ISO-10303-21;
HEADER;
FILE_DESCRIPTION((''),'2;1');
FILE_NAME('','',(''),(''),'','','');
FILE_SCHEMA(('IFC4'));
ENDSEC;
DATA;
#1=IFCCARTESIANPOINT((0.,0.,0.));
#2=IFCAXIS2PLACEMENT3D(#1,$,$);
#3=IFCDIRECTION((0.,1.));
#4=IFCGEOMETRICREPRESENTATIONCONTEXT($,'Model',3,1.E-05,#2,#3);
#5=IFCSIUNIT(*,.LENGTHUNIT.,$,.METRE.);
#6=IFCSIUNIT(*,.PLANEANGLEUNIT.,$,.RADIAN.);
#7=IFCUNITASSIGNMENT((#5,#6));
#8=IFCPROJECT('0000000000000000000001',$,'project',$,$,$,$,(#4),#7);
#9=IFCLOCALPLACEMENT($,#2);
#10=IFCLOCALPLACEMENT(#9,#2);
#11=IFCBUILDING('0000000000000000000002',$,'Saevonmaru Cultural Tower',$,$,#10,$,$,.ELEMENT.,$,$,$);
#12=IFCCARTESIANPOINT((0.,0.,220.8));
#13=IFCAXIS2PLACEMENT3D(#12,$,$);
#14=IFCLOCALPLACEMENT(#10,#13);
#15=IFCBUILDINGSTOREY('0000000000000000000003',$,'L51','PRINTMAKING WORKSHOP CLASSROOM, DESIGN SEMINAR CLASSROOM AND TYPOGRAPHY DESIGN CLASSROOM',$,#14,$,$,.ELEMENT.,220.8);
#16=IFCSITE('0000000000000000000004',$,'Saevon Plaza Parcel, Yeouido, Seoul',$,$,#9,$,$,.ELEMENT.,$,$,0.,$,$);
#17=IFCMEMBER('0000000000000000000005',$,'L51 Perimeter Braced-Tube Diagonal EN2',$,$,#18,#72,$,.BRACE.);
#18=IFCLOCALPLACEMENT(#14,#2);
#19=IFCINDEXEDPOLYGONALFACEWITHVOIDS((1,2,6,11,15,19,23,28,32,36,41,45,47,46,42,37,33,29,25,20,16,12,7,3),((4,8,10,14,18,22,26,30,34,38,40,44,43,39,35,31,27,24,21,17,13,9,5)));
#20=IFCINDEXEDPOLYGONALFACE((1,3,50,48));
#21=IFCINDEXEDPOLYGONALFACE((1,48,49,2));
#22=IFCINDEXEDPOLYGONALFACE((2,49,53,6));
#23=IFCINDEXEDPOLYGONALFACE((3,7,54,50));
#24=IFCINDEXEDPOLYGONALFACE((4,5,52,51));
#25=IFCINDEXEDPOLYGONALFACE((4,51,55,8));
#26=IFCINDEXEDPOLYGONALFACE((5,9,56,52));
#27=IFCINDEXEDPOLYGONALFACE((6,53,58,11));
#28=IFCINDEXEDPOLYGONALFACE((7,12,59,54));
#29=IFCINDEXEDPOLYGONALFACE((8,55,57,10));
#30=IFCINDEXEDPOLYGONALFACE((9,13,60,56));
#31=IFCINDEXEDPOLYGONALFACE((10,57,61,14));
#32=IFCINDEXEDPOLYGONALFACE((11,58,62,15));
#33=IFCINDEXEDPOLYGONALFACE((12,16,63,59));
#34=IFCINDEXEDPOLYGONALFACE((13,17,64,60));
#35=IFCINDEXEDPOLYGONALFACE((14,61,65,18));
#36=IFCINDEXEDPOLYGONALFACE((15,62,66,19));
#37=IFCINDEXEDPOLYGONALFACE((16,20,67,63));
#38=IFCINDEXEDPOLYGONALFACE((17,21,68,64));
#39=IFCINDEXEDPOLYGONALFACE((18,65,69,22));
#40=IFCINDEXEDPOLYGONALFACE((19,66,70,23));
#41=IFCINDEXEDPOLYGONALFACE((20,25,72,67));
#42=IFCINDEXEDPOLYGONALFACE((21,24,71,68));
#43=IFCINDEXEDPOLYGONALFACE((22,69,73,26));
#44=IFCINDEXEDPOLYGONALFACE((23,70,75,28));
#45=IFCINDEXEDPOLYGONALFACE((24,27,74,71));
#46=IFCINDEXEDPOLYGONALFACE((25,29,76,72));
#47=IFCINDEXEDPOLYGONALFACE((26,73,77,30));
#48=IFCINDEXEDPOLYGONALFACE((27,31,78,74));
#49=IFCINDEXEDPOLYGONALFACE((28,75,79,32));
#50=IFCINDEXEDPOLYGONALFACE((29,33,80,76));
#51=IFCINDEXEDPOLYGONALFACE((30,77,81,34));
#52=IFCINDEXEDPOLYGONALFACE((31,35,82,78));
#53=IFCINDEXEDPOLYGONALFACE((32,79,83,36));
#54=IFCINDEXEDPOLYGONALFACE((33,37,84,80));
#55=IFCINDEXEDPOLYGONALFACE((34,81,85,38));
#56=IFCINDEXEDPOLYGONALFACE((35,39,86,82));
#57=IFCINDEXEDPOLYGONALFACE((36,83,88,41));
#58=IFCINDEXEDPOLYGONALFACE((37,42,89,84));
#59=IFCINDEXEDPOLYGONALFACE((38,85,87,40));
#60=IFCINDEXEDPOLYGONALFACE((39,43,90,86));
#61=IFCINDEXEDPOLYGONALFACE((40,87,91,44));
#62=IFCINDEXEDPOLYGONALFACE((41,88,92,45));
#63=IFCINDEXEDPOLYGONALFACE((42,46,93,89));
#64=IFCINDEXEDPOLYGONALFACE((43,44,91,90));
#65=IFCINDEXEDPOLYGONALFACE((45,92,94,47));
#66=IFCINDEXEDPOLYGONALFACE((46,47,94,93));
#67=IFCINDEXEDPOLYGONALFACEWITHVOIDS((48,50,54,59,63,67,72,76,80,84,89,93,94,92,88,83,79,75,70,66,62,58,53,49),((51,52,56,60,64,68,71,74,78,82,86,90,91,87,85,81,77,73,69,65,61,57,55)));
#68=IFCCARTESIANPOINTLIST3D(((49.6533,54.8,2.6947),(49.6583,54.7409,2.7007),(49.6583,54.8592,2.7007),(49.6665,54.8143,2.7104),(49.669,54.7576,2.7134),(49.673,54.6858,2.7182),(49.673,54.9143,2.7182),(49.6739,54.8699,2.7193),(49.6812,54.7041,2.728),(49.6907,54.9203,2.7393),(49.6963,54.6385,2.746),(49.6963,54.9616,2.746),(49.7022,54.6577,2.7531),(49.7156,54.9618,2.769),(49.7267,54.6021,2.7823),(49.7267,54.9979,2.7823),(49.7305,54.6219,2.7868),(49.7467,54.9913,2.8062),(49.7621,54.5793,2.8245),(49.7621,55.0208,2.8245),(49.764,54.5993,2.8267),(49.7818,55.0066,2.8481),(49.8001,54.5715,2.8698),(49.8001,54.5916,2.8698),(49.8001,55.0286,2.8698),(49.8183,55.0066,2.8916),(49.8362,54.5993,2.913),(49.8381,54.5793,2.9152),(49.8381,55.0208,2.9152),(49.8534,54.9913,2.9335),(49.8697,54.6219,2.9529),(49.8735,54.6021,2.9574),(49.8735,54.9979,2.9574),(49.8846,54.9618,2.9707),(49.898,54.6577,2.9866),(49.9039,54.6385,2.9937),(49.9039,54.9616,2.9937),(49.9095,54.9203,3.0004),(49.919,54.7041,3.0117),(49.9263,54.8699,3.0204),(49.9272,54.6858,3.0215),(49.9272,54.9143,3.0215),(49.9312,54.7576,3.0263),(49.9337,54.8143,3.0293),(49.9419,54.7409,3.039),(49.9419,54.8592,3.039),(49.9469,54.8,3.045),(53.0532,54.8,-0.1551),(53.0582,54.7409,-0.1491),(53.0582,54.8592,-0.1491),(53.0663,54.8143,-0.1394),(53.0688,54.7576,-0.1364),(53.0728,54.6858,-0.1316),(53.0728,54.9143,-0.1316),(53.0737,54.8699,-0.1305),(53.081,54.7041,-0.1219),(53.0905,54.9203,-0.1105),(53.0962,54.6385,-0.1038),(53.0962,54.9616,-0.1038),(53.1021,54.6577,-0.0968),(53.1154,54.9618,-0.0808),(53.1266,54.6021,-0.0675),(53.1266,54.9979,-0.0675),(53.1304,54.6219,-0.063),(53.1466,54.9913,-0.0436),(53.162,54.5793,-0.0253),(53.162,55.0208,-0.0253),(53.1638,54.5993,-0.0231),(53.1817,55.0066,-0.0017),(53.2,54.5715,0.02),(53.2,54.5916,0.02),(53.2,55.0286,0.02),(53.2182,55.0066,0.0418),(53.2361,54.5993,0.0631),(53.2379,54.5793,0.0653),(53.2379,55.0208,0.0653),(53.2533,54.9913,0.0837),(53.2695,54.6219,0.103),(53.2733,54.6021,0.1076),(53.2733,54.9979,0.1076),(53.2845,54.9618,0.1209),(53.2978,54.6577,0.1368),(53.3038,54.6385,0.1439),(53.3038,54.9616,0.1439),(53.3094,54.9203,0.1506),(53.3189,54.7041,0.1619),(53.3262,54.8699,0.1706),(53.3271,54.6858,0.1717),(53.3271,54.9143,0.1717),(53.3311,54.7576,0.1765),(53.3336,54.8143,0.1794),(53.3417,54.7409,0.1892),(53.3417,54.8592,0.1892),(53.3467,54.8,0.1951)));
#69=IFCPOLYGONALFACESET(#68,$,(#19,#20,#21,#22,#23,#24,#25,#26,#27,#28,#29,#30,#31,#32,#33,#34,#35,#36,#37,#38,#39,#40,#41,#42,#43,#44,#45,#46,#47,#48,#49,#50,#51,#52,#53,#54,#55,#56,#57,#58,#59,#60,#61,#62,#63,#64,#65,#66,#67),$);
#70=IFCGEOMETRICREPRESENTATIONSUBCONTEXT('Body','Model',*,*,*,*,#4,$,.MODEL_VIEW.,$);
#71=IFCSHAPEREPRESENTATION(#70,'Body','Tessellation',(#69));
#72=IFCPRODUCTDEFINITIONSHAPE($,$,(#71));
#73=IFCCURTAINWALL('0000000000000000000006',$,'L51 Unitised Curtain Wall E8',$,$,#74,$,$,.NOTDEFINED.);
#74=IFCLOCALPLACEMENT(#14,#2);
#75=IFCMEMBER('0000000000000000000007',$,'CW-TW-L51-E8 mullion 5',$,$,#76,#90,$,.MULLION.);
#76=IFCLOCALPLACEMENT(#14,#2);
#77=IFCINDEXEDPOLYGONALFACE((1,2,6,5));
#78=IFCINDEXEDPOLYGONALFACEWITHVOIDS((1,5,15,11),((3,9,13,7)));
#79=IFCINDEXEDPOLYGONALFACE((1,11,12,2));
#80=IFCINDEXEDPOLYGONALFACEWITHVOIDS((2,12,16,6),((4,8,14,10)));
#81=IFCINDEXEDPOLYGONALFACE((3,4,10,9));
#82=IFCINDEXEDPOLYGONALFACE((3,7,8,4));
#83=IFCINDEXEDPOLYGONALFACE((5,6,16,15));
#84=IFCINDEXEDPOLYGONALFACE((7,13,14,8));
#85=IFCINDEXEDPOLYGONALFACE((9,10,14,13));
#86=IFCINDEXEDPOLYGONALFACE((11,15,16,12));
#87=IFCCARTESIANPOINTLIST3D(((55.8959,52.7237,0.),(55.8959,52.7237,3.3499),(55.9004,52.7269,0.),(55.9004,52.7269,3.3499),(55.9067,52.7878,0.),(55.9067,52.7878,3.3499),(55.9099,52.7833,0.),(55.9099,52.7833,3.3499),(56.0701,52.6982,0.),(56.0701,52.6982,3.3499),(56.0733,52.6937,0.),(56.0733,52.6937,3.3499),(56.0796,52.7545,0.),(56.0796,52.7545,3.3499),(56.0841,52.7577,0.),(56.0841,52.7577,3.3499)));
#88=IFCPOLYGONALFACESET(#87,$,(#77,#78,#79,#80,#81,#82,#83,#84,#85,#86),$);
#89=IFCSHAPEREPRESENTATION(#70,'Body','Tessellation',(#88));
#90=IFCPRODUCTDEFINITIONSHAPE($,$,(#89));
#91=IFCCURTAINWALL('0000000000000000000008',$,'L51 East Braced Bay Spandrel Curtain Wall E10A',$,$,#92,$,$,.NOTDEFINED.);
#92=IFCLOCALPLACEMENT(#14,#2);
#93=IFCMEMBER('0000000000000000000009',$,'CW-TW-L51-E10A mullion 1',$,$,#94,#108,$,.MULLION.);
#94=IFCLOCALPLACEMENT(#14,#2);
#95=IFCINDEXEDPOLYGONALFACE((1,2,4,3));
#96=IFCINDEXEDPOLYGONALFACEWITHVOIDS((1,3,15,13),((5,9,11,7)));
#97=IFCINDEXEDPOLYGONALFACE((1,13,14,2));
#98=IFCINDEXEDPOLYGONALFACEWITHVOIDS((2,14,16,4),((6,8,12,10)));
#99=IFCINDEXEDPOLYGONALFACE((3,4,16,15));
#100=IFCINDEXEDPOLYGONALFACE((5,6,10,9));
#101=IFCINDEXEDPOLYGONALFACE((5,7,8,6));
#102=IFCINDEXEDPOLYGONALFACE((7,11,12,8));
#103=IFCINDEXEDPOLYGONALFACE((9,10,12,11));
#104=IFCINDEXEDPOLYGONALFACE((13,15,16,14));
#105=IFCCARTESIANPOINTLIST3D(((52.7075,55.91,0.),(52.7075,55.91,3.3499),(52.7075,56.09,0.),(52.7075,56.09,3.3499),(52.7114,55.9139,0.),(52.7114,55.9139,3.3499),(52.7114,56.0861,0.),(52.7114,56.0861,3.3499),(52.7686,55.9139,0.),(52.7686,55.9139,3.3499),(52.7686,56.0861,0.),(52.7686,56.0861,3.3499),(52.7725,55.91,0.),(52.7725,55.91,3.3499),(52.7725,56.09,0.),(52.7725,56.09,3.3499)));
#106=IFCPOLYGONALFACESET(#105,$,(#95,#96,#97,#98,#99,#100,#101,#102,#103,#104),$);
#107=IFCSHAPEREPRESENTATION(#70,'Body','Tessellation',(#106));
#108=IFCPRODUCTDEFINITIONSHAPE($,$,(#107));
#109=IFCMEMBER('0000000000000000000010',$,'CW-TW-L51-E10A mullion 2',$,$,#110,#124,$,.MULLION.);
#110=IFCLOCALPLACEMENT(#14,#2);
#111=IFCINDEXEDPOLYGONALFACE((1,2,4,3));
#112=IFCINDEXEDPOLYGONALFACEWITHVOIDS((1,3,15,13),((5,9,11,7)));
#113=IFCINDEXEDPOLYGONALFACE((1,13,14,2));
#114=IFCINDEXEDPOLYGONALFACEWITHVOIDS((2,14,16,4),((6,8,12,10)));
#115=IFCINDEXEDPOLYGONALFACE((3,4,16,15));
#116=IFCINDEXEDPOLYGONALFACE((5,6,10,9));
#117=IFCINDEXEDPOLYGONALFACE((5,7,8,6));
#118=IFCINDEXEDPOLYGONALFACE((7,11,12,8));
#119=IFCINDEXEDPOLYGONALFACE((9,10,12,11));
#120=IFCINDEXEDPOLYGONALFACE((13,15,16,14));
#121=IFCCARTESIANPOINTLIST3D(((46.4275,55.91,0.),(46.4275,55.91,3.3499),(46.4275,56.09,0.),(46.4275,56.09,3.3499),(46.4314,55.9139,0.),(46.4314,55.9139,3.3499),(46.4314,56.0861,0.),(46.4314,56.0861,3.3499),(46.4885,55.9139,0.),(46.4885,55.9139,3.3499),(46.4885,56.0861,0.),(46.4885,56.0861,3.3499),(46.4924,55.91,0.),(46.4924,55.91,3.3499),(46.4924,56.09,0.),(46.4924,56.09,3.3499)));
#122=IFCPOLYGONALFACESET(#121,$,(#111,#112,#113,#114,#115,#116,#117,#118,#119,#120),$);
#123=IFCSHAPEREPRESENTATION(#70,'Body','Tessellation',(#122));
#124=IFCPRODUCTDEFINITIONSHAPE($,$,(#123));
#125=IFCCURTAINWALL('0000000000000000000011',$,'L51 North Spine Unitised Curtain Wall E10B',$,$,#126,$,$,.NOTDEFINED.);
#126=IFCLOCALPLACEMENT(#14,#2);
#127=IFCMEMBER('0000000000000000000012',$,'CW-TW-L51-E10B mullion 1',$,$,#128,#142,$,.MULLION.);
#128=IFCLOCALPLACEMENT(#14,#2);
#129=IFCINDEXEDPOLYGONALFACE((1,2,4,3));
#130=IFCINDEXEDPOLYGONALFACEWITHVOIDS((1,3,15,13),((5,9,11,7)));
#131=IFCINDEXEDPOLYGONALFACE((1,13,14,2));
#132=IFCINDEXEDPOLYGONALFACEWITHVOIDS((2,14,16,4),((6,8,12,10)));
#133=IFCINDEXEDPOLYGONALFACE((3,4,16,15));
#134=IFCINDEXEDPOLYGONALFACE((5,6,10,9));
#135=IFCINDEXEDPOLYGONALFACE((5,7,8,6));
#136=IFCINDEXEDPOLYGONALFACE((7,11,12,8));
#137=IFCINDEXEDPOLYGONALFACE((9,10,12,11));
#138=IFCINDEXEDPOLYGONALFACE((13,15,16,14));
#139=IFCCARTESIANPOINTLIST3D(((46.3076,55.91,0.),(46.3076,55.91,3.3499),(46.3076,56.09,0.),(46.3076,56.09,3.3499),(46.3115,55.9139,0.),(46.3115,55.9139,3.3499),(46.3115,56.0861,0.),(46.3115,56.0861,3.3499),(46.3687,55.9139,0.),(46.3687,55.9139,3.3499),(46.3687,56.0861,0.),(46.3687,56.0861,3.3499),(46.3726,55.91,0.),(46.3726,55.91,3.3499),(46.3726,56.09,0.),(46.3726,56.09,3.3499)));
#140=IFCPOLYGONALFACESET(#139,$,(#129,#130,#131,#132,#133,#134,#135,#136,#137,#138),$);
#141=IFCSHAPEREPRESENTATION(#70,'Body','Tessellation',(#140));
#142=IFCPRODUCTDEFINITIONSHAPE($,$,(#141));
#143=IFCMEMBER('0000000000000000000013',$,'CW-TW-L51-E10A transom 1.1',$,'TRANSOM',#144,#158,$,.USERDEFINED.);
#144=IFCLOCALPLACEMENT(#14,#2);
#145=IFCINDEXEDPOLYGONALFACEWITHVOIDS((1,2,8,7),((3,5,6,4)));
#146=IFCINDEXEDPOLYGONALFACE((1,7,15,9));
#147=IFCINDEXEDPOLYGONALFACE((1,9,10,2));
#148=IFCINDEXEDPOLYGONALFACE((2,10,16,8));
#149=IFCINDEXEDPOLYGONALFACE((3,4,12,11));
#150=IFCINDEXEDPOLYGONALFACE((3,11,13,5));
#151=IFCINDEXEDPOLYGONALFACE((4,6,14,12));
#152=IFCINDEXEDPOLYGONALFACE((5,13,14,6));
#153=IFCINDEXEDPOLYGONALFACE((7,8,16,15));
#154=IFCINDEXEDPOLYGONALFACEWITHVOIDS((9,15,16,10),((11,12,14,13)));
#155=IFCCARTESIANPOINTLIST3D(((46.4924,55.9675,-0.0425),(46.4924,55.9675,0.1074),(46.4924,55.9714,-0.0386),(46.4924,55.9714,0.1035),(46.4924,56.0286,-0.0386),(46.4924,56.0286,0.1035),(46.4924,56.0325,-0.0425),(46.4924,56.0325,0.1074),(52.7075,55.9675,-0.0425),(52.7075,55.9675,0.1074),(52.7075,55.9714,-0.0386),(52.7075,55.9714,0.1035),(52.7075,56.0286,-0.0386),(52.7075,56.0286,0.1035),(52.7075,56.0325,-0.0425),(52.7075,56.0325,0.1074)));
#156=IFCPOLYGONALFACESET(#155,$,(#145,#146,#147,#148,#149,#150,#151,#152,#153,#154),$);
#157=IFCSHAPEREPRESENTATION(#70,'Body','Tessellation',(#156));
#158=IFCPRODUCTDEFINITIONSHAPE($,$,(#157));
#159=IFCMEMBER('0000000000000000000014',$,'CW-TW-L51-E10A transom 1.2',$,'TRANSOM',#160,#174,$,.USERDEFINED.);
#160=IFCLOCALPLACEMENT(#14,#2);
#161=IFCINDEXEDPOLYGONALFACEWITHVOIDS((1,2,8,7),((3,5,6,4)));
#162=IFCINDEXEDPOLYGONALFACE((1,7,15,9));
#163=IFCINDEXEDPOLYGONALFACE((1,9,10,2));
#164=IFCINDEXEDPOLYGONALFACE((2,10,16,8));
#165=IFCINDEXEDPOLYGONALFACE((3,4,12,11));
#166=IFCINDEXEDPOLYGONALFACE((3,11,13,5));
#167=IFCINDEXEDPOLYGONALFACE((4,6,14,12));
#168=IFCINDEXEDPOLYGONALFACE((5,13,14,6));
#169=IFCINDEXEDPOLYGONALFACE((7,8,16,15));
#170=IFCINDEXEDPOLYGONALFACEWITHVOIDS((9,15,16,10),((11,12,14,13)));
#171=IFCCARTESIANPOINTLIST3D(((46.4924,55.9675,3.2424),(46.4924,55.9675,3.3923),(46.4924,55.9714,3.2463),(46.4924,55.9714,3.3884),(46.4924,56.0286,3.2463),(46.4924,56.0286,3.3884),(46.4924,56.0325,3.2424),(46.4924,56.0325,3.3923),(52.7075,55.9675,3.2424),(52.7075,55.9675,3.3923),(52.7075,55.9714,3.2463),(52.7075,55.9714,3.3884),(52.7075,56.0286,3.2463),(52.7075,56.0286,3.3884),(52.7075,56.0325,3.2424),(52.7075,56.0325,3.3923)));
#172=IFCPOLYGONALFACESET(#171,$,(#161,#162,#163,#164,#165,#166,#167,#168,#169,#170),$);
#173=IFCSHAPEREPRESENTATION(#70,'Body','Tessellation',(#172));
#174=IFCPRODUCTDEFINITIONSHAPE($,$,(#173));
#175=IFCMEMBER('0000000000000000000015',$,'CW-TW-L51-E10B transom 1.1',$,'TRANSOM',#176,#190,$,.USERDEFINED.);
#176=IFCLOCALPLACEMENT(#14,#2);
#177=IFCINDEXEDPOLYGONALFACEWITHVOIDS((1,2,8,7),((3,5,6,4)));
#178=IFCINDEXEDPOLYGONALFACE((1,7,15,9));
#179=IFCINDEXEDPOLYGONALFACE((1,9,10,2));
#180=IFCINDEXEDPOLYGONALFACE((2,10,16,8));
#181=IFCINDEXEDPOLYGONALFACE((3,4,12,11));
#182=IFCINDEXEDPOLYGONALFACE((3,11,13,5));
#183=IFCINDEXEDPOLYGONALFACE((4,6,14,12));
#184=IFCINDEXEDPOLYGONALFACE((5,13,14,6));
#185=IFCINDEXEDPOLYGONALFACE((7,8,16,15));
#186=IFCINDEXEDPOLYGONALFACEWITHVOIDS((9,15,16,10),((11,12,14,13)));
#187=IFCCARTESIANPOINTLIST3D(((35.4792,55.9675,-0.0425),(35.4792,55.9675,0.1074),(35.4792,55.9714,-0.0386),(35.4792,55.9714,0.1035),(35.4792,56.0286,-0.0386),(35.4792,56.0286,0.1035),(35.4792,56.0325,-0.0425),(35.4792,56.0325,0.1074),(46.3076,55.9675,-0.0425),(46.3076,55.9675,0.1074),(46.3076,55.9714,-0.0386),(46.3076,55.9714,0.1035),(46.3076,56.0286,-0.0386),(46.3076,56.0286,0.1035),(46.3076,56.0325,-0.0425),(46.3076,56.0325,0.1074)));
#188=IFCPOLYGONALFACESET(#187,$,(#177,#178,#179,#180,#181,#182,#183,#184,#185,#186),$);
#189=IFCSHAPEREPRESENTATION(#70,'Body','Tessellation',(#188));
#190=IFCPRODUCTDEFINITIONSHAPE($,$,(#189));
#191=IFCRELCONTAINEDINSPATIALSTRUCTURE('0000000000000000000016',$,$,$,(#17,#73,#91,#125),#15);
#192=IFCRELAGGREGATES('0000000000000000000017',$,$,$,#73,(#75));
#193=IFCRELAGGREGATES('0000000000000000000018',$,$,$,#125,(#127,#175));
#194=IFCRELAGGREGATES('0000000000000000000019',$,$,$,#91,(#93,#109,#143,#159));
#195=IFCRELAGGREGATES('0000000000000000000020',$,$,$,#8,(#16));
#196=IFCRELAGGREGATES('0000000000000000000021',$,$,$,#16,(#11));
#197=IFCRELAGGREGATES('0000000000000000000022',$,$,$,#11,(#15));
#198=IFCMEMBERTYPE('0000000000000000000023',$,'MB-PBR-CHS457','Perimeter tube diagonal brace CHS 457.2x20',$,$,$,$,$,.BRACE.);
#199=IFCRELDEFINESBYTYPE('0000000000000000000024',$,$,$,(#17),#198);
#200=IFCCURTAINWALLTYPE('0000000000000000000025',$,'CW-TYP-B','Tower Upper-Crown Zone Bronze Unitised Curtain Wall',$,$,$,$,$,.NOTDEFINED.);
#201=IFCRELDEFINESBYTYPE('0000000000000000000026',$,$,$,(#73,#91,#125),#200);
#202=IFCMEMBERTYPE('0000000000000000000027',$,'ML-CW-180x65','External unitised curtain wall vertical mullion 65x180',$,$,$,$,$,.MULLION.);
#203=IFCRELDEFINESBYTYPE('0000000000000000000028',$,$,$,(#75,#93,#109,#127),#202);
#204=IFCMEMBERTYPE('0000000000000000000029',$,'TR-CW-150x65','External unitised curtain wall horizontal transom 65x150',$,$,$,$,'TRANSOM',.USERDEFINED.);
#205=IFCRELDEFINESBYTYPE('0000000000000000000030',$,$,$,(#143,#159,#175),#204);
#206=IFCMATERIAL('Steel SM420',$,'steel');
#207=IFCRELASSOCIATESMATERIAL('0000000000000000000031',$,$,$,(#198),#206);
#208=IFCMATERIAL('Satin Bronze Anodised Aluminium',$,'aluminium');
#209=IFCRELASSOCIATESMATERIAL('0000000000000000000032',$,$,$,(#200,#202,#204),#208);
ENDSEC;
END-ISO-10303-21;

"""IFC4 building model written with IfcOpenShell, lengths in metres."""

from ifc_helpers import new_model, si_unit, direction, frame, origin, origin_2d, place, context, subcontext, project, spatial, hollow_rectangle, hollow_circle, extrude, material, material_profile, profile_set, type_object, element, aggregate, save


model = new_model("IFC4")

# Units and contexts
model_context = context("Model", 3, precision=1e-05, world=origin(), true_north=direction((0.0, 1.0)))
body_context = subcontext(model_context, "Body", "Model", "MODEL_VIEW")
ifc_project = project(units=[si_unit("LENGTHUNIT", "METRE"), si_unit("PLANEANGLEUNIT", "RADIAN")], contexts=[model_context])

# Site, building, storey
site_placement = place(None, origin())
site = spatial("IfcSite", under=ifc_project, at=site_placement, Name="Saevon Plaza Parcel, Yeouido, Seoul", CompositionType="ELEMENT", RefElevation=0.0)
building_placement = place(site_placement, origin())
building = spatial("IfcBuilding", under=site, at=building_placement, Name="Saevonmaru Cultural Tower", CompositionType="ELEMENT")
storey_placement = place(building_placement, frame((0.0, 0.0, 220.8)))
storey = spatial("IfcBuildingStorey", under=building, at=storey_placement, Name="L51", Description="PRINTMAKING WORKSHOP CLASSROOM, DESIGN SEMINAR CLASSROOM AND TYPOGRAPHY DESIGN CLASSROOM", CompositionType="ELEMENT", Elevation=220.8)

# Shared definitions
ifc_material_1 = material(Name="Steel SM420", Category="steel")

# Member
ifc_material_profile_1 = material_profile(ifc_material_1, hollow_circle(Radius=0.2285, WallThickness=0.02, at=origin_2d()), Name="CHS-457.2x20")
ifc_profile_set_1 = profile_set([ifc_material_profile_1], Name="Steel SM420")
member_type_1 = type_object("IfcMemberType", Name="MB-PBR-CHS457", Description="Perimeter tube diagonal brace CHS 457.2x20", PredefinedType="BRACE", material=ifc_profile_set_1)
member_1_placement = place(storey_placement, frame((53.2, 54.8, 0.02), z_axis=(-0.766378, 0.0, 0.64239), x_axis=(0.0, -1.0, 0.0)))
element("IfcMember", 1, at=member_1_placement, inside=storey, type_object=member_type_1, Name="L51 Perimeter Braced-Tube Diagonal EN2", PredefinedType="BRACE", context=body_context, shape_type="SweptSolid", body=[
    extrude(hollow_circle(Radius=0.2285, WallThickness=0.02, at=origin_2d()), origin(), (0.0, 0.0, 1.0), 4.4363),
])

# Curtain wall, member
ifc_material_2 = material(Name="Satin Bronze Anodised Aluminium", Category="aluminium")
curtain_wall_type = type_object("IfcCurtainWallType", Name="CW-TYP-B", Description="Tower Upper-Crown Zone Bronze Unitised Curtain Wall", PredefinedType="NOTDEFINED", material=ifc_material_2)
curtain_wall_1_placement = place(storey_placement, origin())
curtain_wall_1 = element("IfcCurtainWall", 2, at=curtain_wall_1_placement, inside=storey, type_object=curtain_wall_type, Name="L51 Unitised Curtain Wall E8", PredefinedType="NOTDEFINED")
ifc_material_profile_2 = material_profile(ifc_material_2, hollow_rectangle(XDim=0.0649, YDim=0.1799, WallThickness=0.0039, at=origin_2d()), Name="ALU-MULL-180x65x4")
ifc_profile_set_2 = profile_set([ifc_material_profile_2], Name="Satin Bronze Anodised Aluminium")
member_type_2 = type_object("IfcMemberType", Name="ML-CW-180x65", Description="External unitised curtain wall vertical mullion 65x180", PredefinedType="MULLION", material=ifc_profile_set_2)
member_2_placement = place(storey_placement, frame((55.99, 52.7407, 0.0), z_axis=(0.0, 0.0, 1.0), x_axis=(0.166922, 0.98597, 0.0)))
member_2 = element("IfcMember", 3, at=member_2_placement, type_object=member_type_2, Name="CW-TW-L51-E8 mullion 5", PredefinedType="MULLION", context=body_context, shape_type="SweptSolid", body=[
    extrude(hollow_rectangle(XDim=0.0649, YDim=0.1799, WallThickness=0.0039, at=origin_2d()), origin(), (0.0, 0.0, 1.0), 3.3499),
])
aggregate(curtain_wall_1, [member_2])

# Curtain wall, members
curtain_wall_2_placement = place(storey_placement, origin())
curtain_wall_2 = element("IfcCurtainWall", 4, at=curtain_wall_2_placement, inside=storey, type_object=curtain_wall_type, Name="L51 East Braced Bay Spandrel Curtain Wall E10A", PredefinedType="NOTDEFINED")
member_3_placement = place(storey_placement, frame((52.74, 56.0, 0.0), z_axis=(0.0, 0.0, 1.0), x_axis=(-1.0, 0.0, 0.0)))
member_3 = element("IfcMember", 5, at=member_3_placement, type_object=member_type_2, Name="CW-TW-L51-E10A mullion 1", PredefinedType="MULLION", context=body_context, shape_type="SweptSolid", body=[
    extrude(hollow_rectangle(XDim=0.0649, YDim=0.1799, WallThickness=0.0039, at=origin_2d()), origin(), (0.0, 0.0, 1.0), 3.3499),
])
member_4_placement = place(storey_placement, frame((46.46, 56.0, 0.0), z_axis=(0.0, 0.0, 1.0), x_axis=(-1.0, 0.0, 0.0)))
member_4 = element("IfcMember", 6, at=member_4_placement, type_object=member_type_2, Name="CW-TW-L51-E10A mullion 2", PredefinedType="MULLION", context=body_context, shape_type="SweptSolid", body=[
    extrude(hollow_rectangle(XDim=0.0649, YDim=0.1799, WallThickness=0.0039, at=origin_2d()), origin(), (0.0, 0.0, 1.0), 3.3499),
])

# Curtain wall, member
curtain_wall_3_placement = place(storey_placement, origin())
curtain_wall_3 = element("IfcCurtainWall", 7, at=curtain_wall_3_placement, inside=storey, type_object=curtain_wall_type, Name="L51 North Spine Unitised Curtain Wall E10B", PredefinedType="NOTDEFINED")
member_5_placement = place(storey_placement, frame((46.3401, 56.0, 0.0), z_axis=(0.0, 0.0, 1.0), x_axis=(-1.0, 0.0, 0.0)))
member_5 = element("IfcMember", 8, at=member_5_placement, type_object=member_type_2, Name="CW-TW-L51-E10B mullion 1", PredefinedType="MULLION", context=body_context, shape_type="SweptSolid", body=[
    extrude(hollow_rectangle(XDim=0.0649, YDim=0.1799, WallThickness=0.0039, at=origin_2d()), origin(), (0.0, 0.0, 1.0), 3.3499),
])

# Members
ifc_material_profile_3 = material_profile(ifc_material_2, hollow_rectangle(XDim=0.0649, YDim=0.1499, WallThickness=0.0039, at=origin_2d()), Name="ALU-TRAN-150x65x4")
ifc_profile_set_3 = profile_set([ifc_material_profile_3], Name="Satin Bronze Anodised Aluminium")
member_type_3 = type_object("IfcMemberType", Name="TR-CW-150x65", Description="External unitised curtain wall horizontal transom 65x150", ElementType="TRANSOM", PredefinedType="USERDEFINED", material=ifc_profile_set_3)
member_6_placement = place(storey_placement, frame((52.7075, 56.0, 0.0325), z_axis=(-1.0, 0.0, 0.0), x_axis=(0.0, -1.0, 0.0)))
member_6 = element("IfcMember", 9, at=member_6_placement, type_object=member_type_3, Name="CW-TW-L51-E10A transom 1.1", ObjectType="TRANSOM", PredefinedType="USERDEFINED", context=body_context, shape_type="SweptSolid", body=[
    extrude(hollow_rectangle(XDim=0.0649, YDim=0.1499, WallThickness=0.0039, at=origin_2d()), origin(), (0.0, 0.0, 1.0), 6.2151),
])
member_7_placement = place(storey_placement, frame((52.7075, 56.0, 3.3174), z_axis=(-1.0, 0.0, 0.0), x_axis=(0.0, -1.0, 0.0)))
member_7 = element("IfcMember", 10, at=member_7_placement, type_object=member_type_3, Name="CW-TW-L51-E10A transom 1.2", ObjectType="TRANSOM", PredefinedType="USERDEFINED", context=body_context, shape_type="SweptSolid", body=[
    extrude(hollow_rectangle(XDim=0.0649, YDim=0.1499, WallThickness=0.0039, at=origin_2d()), origin(), (0.0, 0.0, 1.0), 6.2151),
])
member_8_placement = place(storey_placement, frame((46.3076, 56.0, 0.0325), z_axis=(-1.0, 0.0, 0.0), x_axis=(0.0, -1.0, 0.0)))
member_8 = element("IfcMember", 11, at=member_8_placement, type_object=member_type_3, Name="CW-TW-L51-E10B transom 1.1", ObjectType="TRANSOM", PredefinedType="USERDEFINED", context=body_context, shape_type="SweptSolid", body=[
    extrude(hollow_rectangle(XDim=0.0649, YDim=0.1499, WallThickness=0.0039, at=origin_2d()), origin(), (0.0, 0.0, 1.0), 10.8284),
])
aggregate(curtain_wall_3, [member_5, member_8])

aggregate(curtain_wall_2, [member_3, member_4, member_6, member_7])

save(model, "model.ifc")
